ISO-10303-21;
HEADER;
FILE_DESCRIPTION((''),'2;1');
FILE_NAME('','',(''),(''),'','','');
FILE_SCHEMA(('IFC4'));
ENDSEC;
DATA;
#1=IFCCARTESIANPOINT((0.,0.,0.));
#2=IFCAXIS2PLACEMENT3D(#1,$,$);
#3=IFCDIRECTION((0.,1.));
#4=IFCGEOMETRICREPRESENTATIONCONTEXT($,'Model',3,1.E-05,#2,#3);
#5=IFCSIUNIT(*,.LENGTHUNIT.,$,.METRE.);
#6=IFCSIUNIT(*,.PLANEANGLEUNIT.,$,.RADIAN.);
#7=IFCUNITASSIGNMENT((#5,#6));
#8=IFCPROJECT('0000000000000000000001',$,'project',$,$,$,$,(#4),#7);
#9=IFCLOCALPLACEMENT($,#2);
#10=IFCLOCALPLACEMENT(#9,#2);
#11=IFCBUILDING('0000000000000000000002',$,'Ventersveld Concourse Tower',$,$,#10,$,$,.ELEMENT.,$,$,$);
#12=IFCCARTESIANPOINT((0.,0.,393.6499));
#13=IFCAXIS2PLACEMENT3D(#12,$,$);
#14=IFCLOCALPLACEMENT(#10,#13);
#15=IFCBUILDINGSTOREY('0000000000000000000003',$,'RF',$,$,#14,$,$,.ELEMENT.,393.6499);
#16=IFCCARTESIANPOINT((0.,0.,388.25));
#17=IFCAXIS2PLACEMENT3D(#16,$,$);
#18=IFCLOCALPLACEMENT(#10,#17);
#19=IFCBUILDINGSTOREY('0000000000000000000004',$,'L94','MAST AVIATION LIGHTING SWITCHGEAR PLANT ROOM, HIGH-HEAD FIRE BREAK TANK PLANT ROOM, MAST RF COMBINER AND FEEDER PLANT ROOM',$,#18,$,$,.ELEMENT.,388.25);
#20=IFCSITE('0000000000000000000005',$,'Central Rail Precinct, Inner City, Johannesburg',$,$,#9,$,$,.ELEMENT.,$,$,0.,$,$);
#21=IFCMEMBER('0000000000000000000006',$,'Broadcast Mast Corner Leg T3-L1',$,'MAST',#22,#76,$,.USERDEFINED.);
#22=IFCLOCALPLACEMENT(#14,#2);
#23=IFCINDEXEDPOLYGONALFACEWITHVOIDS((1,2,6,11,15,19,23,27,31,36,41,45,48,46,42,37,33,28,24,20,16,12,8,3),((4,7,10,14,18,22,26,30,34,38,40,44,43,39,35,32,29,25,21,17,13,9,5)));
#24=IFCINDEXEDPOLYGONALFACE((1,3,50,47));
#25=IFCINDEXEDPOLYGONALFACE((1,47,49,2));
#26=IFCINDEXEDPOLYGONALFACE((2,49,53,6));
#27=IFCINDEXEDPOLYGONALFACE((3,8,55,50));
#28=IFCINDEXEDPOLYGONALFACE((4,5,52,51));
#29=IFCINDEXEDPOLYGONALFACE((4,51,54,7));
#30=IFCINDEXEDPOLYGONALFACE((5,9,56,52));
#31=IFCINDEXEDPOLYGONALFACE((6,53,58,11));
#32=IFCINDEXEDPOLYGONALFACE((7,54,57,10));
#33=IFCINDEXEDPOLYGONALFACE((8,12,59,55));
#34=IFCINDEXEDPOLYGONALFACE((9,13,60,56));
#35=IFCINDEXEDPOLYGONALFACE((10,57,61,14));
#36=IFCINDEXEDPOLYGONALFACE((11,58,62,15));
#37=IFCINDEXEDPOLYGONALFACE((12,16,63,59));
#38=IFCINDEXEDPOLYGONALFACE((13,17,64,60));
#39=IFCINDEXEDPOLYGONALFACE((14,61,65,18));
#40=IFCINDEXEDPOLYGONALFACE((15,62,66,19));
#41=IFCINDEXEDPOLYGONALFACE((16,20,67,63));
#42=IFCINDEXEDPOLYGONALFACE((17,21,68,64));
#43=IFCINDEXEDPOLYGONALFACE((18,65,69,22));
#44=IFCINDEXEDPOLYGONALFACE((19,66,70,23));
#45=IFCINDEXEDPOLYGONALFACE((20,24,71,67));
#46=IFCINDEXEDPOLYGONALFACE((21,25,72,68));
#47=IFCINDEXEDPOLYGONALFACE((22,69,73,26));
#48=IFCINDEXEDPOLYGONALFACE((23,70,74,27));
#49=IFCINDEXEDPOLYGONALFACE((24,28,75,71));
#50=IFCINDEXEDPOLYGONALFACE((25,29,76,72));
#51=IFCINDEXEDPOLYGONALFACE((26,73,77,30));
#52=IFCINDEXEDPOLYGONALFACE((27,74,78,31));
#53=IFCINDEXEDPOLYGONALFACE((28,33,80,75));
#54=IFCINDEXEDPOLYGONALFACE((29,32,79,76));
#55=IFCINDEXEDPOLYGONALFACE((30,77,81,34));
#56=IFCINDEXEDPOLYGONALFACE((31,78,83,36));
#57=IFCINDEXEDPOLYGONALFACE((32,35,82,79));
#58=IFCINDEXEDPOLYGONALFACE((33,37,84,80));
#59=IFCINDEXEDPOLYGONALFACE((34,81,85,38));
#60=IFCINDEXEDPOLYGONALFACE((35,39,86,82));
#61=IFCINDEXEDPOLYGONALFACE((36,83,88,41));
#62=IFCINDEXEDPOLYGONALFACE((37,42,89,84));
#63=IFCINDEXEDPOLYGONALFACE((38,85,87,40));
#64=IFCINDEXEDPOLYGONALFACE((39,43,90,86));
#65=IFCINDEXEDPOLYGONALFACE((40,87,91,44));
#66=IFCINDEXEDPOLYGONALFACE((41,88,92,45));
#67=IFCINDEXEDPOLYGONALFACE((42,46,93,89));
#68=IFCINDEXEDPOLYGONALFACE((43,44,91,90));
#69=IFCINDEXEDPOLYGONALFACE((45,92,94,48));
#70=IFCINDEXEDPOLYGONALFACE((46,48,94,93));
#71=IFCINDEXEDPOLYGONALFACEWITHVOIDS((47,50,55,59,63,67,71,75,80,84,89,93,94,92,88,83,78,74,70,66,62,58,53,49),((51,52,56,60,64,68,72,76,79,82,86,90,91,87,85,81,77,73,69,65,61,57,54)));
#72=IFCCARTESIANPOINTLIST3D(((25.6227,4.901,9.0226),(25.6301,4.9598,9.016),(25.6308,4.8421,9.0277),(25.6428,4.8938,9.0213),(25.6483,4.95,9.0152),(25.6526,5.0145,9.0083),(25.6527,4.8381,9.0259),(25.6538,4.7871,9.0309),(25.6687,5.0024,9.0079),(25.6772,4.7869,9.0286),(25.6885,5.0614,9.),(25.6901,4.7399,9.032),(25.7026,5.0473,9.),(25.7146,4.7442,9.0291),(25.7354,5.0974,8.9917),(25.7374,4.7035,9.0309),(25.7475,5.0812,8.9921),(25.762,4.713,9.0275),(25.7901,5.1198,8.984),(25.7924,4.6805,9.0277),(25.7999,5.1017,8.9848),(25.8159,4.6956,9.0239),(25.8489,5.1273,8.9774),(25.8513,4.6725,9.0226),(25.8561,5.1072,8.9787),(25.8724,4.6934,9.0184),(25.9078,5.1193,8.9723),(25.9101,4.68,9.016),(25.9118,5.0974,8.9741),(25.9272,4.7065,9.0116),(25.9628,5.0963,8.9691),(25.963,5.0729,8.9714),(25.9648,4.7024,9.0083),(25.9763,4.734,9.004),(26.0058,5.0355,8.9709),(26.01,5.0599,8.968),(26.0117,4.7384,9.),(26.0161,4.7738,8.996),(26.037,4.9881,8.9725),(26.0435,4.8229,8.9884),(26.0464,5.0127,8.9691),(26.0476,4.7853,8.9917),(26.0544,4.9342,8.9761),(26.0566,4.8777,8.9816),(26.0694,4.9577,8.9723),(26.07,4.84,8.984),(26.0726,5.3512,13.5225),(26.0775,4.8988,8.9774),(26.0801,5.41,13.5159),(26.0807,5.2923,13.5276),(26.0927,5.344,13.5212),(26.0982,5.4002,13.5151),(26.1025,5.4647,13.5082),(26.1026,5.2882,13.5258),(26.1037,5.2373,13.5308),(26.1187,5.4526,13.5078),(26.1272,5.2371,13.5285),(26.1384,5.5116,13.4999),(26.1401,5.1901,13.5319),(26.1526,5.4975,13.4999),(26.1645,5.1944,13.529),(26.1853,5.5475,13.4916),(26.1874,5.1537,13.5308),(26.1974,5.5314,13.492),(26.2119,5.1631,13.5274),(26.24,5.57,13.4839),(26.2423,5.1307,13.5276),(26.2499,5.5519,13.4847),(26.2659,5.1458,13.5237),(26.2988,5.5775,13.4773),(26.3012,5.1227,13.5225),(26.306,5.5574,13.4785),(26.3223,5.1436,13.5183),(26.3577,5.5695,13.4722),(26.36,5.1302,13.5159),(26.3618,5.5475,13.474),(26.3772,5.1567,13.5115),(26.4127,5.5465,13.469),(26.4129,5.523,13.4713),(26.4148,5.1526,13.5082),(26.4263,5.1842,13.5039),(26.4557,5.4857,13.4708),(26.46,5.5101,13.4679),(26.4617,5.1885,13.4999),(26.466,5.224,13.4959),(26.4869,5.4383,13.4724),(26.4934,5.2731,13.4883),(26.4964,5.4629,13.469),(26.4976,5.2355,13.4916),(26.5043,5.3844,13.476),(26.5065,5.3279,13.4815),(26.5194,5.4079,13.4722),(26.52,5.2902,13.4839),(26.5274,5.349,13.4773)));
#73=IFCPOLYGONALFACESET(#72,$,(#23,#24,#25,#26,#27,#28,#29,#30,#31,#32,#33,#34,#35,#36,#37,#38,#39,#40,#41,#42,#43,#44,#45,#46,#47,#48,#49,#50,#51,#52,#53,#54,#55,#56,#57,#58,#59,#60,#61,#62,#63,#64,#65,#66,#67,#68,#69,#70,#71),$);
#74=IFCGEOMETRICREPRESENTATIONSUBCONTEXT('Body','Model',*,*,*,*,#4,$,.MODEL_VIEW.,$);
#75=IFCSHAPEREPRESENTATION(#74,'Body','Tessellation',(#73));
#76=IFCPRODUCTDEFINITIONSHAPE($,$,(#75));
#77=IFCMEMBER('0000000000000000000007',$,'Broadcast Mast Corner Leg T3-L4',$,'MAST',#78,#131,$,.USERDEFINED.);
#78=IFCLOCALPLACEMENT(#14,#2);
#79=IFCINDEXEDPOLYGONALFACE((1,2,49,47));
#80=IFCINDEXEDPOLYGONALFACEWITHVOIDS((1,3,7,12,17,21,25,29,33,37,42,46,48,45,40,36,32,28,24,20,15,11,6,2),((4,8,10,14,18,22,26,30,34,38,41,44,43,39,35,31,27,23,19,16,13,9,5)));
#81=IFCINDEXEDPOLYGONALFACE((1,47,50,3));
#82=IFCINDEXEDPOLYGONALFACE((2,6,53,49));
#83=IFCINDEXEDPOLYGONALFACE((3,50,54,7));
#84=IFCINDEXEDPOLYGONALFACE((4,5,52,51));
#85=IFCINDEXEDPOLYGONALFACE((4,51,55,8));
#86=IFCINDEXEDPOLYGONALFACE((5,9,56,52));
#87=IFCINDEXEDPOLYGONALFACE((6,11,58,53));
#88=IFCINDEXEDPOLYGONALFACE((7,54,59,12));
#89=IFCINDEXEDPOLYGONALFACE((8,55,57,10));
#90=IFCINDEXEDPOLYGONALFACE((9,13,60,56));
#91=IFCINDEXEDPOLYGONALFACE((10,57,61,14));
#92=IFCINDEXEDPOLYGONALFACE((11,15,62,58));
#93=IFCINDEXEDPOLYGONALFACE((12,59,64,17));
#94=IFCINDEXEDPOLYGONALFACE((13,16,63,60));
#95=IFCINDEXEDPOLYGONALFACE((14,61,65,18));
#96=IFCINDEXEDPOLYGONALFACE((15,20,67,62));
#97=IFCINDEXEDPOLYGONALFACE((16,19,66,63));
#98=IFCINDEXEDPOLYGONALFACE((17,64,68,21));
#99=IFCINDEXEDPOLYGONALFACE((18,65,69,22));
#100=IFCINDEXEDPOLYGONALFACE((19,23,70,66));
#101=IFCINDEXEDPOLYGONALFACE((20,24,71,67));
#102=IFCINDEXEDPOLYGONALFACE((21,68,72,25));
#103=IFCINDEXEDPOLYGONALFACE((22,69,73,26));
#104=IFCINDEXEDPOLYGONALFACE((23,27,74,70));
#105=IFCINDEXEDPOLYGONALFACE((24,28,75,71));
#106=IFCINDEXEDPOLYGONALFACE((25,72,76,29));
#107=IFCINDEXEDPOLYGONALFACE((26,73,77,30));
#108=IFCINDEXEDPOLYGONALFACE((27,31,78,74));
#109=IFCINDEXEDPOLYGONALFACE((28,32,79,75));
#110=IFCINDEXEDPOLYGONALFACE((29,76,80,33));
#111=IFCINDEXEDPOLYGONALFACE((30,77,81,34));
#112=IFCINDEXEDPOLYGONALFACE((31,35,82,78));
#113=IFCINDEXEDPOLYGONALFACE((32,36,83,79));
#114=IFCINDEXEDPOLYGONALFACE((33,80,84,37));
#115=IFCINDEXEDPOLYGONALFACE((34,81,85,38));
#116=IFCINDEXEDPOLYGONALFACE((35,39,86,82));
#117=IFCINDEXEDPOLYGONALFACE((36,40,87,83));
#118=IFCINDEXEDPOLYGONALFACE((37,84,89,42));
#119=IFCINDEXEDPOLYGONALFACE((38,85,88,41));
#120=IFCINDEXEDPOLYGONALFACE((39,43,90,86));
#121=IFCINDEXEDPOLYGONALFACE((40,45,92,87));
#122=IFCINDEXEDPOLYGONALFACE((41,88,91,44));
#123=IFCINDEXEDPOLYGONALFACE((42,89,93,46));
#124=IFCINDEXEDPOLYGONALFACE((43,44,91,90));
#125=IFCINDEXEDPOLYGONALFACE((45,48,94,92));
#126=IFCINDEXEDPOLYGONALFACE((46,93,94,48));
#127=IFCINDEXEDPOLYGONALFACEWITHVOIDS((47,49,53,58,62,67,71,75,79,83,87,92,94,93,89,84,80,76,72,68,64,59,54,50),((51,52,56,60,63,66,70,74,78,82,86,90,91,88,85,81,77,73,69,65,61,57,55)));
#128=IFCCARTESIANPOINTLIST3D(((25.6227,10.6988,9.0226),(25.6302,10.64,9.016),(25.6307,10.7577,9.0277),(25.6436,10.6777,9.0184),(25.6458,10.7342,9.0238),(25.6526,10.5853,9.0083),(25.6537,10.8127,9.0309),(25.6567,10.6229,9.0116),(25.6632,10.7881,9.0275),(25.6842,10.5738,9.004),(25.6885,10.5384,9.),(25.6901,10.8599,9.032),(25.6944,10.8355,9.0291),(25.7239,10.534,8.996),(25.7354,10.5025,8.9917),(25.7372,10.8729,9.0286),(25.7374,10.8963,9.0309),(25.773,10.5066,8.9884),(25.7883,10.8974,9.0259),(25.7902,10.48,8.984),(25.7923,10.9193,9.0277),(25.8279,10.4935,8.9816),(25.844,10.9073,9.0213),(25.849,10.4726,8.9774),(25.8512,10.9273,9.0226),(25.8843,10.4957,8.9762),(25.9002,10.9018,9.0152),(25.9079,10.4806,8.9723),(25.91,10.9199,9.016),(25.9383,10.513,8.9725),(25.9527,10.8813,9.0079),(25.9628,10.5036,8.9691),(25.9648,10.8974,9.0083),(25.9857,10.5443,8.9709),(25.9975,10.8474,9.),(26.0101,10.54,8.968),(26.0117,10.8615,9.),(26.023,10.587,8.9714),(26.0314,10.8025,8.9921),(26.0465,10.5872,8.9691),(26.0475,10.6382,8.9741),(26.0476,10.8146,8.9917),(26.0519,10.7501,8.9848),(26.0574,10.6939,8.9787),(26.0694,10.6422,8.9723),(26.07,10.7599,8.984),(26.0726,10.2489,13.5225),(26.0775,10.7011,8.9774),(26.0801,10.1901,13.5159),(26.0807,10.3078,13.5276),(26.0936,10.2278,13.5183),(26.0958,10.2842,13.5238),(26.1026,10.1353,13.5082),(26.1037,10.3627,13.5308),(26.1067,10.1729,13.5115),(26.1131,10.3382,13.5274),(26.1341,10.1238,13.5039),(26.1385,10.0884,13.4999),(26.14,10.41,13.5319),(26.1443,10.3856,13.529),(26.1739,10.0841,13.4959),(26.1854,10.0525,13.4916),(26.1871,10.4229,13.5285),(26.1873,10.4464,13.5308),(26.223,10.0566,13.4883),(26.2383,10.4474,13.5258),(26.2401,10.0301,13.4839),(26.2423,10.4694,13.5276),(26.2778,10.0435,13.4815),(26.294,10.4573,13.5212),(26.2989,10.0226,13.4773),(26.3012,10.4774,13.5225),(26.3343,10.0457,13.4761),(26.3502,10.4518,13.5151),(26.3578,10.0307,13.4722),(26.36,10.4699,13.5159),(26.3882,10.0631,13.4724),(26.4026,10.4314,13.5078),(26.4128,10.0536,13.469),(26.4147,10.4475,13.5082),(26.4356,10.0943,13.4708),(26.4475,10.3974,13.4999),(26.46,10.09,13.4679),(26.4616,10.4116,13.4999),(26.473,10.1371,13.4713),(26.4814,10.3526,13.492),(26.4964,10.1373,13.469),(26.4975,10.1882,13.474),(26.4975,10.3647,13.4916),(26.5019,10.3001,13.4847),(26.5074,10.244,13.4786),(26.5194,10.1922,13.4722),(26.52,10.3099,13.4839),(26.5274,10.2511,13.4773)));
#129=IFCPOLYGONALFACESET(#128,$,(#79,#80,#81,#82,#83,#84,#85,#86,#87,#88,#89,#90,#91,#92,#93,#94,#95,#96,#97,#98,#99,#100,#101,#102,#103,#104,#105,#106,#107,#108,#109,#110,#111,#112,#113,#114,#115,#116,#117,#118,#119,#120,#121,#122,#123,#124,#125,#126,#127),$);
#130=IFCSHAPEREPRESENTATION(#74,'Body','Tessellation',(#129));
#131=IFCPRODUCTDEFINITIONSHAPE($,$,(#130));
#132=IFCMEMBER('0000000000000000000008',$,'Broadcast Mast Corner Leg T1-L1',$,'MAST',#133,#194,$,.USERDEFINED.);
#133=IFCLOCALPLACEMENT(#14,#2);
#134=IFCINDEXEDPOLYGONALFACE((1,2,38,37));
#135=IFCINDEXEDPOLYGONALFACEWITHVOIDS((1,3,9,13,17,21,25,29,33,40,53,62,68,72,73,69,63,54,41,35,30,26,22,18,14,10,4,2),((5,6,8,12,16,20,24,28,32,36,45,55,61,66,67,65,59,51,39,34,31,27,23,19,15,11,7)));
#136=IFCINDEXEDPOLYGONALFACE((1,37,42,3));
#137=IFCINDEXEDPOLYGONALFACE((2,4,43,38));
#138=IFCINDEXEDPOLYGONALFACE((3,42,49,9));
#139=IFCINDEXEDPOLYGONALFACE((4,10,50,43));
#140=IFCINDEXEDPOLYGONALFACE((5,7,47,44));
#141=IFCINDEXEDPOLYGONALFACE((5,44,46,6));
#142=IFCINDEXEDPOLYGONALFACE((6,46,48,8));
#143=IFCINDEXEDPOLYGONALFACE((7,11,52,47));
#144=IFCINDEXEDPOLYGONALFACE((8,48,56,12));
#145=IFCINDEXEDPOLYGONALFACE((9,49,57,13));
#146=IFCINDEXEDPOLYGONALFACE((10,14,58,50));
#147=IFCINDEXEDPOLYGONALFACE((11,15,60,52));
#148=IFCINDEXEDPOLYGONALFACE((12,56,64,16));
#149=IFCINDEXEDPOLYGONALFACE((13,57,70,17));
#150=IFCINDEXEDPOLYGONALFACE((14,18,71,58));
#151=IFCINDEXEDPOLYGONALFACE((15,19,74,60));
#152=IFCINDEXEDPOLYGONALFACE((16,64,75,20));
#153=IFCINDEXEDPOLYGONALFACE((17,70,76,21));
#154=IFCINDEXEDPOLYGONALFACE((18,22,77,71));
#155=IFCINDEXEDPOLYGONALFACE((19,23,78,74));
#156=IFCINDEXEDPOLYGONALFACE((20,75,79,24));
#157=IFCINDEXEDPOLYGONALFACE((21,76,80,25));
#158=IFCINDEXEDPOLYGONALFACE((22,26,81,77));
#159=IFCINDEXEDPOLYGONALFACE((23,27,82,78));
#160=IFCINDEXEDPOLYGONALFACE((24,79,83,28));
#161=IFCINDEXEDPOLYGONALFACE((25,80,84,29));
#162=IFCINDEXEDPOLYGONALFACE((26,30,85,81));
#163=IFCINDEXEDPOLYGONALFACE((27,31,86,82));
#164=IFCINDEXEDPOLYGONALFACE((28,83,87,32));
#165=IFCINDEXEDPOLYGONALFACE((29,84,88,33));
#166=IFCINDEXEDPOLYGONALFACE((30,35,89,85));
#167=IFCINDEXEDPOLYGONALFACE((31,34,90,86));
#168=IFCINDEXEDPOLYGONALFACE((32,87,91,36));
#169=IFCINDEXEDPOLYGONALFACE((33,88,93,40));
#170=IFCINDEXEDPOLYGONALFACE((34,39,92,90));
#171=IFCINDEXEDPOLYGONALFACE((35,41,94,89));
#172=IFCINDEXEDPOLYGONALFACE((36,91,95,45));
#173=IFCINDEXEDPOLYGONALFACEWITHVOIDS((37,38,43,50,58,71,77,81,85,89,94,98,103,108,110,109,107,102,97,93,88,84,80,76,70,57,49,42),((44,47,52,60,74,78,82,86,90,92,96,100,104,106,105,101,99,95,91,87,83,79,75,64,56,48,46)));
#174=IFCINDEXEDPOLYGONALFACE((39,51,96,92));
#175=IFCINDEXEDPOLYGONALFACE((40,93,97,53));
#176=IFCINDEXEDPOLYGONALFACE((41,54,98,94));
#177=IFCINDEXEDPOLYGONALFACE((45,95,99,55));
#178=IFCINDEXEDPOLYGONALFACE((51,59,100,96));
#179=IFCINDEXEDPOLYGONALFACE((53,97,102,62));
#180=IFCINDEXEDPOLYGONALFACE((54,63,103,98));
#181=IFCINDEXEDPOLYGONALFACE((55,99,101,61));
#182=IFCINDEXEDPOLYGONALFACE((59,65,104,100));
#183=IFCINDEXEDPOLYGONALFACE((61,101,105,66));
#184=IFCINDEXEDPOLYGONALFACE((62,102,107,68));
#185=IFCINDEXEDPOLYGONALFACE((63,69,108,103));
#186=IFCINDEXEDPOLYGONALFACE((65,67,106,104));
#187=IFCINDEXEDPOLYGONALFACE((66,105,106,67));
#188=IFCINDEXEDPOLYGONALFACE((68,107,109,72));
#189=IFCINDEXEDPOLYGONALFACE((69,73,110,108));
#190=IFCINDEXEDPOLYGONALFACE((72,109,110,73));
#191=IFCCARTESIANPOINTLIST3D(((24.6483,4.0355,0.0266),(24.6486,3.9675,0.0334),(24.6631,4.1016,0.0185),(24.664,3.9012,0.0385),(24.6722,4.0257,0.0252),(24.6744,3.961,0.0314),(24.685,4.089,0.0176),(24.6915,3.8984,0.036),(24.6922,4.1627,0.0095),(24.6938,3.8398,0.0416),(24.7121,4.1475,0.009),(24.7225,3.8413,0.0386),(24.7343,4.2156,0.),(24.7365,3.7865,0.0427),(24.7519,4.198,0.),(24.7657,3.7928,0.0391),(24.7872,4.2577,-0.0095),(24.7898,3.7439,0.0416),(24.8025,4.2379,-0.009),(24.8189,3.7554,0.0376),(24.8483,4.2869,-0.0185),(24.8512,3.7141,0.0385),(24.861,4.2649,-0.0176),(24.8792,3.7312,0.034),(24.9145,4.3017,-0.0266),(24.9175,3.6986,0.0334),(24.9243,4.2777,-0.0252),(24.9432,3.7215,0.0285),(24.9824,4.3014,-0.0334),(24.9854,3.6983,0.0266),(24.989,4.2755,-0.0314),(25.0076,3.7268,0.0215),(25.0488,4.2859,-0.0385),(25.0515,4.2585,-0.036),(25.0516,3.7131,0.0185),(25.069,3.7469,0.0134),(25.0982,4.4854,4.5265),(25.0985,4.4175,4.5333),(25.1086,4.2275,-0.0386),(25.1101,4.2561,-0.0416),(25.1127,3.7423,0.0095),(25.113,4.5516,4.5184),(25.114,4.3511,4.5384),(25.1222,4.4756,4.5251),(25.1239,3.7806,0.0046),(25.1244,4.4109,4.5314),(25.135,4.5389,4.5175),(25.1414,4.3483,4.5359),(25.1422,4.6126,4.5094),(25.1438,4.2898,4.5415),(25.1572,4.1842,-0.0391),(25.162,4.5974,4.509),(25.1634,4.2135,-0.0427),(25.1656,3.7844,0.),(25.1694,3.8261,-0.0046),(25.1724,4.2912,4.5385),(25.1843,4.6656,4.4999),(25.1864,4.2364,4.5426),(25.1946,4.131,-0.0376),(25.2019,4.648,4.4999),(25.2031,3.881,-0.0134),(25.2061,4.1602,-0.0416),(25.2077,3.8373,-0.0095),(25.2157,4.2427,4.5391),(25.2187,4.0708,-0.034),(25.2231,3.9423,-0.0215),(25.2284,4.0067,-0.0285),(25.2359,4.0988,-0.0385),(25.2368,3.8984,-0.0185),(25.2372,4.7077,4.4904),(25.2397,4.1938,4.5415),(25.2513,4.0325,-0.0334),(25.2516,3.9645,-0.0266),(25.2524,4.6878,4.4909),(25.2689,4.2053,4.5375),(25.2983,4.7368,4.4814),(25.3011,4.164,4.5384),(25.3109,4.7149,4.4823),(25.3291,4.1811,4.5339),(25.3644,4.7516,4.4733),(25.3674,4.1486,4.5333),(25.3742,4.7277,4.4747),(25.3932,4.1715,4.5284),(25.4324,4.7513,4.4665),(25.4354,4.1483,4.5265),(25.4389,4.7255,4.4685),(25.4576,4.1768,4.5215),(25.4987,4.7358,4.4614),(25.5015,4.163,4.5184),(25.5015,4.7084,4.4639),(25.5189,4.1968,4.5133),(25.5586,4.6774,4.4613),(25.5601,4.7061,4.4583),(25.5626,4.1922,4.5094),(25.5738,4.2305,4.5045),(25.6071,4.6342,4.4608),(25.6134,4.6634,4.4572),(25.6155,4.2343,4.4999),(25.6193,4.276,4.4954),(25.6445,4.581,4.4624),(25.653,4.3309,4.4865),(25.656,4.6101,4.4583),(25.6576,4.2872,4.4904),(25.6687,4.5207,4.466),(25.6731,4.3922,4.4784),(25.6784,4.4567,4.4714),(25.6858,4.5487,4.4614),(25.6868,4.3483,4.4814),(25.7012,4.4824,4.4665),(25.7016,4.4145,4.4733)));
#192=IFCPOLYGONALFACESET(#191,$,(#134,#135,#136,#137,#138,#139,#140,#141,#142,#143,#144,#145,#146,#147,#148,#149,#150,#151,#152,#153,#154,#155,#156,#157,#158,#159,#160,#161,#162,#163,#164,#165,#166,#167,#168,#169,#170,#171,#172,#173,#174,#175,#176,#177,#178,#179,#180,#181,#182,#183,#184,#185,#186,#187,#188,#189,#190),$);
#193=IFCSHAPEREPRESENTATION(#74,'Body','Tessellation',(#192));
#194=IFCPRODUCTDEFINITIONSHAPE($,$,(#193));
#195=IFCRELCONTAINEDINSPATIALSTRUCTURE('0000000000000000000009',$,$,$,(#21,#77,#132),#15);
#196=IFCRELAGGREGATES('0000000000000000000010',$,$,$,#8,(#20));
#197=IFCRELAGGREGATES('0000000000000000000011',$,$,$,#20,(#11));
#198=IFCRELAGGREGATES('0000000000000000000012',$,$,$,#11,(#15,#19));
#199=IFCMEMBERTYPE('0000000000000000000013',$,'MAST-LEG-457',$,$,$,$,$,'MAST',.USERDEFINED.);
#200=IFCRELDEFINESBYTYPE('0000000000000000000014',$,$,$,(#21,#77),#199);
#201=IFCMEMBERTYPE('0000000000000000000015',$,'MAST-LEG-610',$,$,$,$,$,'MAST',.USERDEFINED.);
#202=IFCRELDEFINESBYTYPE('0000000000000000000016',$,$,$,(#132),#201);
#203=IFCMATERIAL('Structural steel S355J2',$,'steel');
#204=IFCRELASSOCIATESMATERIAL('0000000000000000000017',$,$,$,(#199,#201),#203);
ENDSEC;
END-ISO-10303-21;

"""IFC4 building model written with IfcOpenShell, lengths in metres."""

from ifc_helpers import new_model, si_unit, direction, frame, origin, origin_2d, place, context, subcontext, project, spatial, hollow_circle, extrude, material, material_profile, profile_set, type_object, element, save


model = new_model("IFC4")

# Units and contexts
model_context = context("Model", 3, precision=1e-05, world=origin(), true_north=direction((0.0, 1.0)))
body_context = subcontext(model_context, "Body", "Model", "MODEL_VIEW")
ifc_project = project(units=[si_unit("LENGTHUNIT", "METRE"), si_unit("PLANEANGLEUNIT", "RADIAN")], contexts=[model_context])

# Site, building, storey
site_placement = place(None, origin())
site = spatial("IfcSite", under=ifc_project, at=site_placement, Name="Central Rail Precinct, Inner City, Johannesburg", CompositionType="ELEMENT", RefElevation=0.0)
building_placement = place(site_placement, origin())
building = spatial("IfcBuilding", under=site, at=building_placement, Name="Ventersveld Concourse Tower", CompositionType="ELEMENT")
storey_1_placement = place(building_placement, frame((0.0, 0.0, 393.6499)))
storey_1 = spatial("IfcBuildingStorey", under=building, at=storey_1_placement, Name="RF", CompositionType="ELEMENT", Elevation=393.6499)

# Members
ifc_material_1 = material(Name="Structural steel S355J2", Category="steel")
ifc_material_profile_1 = material_profile(ifc_material_1, hollow_circle(Radius=0.2285, WallThickness=0.02, at=origin_2d()), Name="CHS 457x20")
ifc_profile_set_1 = profile_set([ifc_material_profile_1], Name="Structural steel S355J2")
member_type_1 = type_object("IfcMemberType", Name="MAST-LEG-457", ElementType="MAST", PredefinedType="USERDEFINED", material=ifc_profile_set_1)
for number, where, z_axis, x_axis, name in (
    (1, (25.8501, 4.8999, 9.0), (0.099004, 0.099057, 0.990144), (-0.707299, 0.706915, 0.0), "Broadcast Mast Corner Leg T3-L1"),
    (2, (25.8501, 10.7, 9.0), (0.099004, -0.099004, 0.99015), (0.707107, 0.707107, 0.0), "Broadcast Mast Corner Leg T3-L4"),
):
    element("IfcMember", number, at=place(storey_1_placement, frame(where, z_axis=z_axis, x_axis=x_axis)), inside=storey_1, type_object=member_type_1, Name=name, ObjectType="MAST", PredefinedType="USERDEFINED", context=body_context, shape_type="SweptSolid", body=[
        extrude(hollow_circle(Radius=0.2285, WallThickness=0.02, at=origin_2d()), origin(), (0.0, 0.0, 1.0), 4.5447),
    ])
ifc_material_profile_2 = material_profile(ifc_material_1, hollow_circle(Radius=0.3049, WallThickness=0.0249, at=origin_2d()), Name="CHS 610x25")
ifc_profile_set_2 = profile_set([ifc_material_profile_2], Name="Structural steel S355J2")
member_type_2 = type_object("IfcMemberType", Name="MAST-LEG-610", ElementType="MAST", PredefinedType="USERDEFINED", material=ifc_profile_set_2)
for number, where, z_axis, x_axis, name in (
    (3, (24.95, 4.0, 0.0), (0.099004, 0.099004, 0.99015), (-0.707107, 0.707107, 0.0), "Broadcast Mast Corner Leg T1-L1"),
):
    element("IfcMember", number, at=place(storey_1_placement, frame(where, z_axis=z_axis, x_axis=x_axis)), inside=storey_1, type_object=member_type_2, Name=name, ObjectType="MAST", PredefinedType="USERDEFINED", context=body_context, shape_type="SweptSolid", body=[
        extrude(hollow_circle(Radius=0.3049, WallThickness=0.0249, at=origin_2d()), origin(), (0.0, 0.0, 1.0), 4.5447),
    ])

# Shared definitions
storey_2_placement = place(building_placement, frame((0.0, 0.0, 388.25)))
storey_2 = spatial("IfcBuildingStorey", under=building, at=storey_2_placement, Name="L94", Description="MAST AVIATION LIGHTING SWITCHGEAR PLANT ROOM, HIGH-HEAD FIRE BREAK TANK PLANT ROOM, MAST RF COMBINER AND FEEDER PLANT ROOM", CompositionType="ELEMENT", Elevation=388.25)

save(model, "model.ifc")
